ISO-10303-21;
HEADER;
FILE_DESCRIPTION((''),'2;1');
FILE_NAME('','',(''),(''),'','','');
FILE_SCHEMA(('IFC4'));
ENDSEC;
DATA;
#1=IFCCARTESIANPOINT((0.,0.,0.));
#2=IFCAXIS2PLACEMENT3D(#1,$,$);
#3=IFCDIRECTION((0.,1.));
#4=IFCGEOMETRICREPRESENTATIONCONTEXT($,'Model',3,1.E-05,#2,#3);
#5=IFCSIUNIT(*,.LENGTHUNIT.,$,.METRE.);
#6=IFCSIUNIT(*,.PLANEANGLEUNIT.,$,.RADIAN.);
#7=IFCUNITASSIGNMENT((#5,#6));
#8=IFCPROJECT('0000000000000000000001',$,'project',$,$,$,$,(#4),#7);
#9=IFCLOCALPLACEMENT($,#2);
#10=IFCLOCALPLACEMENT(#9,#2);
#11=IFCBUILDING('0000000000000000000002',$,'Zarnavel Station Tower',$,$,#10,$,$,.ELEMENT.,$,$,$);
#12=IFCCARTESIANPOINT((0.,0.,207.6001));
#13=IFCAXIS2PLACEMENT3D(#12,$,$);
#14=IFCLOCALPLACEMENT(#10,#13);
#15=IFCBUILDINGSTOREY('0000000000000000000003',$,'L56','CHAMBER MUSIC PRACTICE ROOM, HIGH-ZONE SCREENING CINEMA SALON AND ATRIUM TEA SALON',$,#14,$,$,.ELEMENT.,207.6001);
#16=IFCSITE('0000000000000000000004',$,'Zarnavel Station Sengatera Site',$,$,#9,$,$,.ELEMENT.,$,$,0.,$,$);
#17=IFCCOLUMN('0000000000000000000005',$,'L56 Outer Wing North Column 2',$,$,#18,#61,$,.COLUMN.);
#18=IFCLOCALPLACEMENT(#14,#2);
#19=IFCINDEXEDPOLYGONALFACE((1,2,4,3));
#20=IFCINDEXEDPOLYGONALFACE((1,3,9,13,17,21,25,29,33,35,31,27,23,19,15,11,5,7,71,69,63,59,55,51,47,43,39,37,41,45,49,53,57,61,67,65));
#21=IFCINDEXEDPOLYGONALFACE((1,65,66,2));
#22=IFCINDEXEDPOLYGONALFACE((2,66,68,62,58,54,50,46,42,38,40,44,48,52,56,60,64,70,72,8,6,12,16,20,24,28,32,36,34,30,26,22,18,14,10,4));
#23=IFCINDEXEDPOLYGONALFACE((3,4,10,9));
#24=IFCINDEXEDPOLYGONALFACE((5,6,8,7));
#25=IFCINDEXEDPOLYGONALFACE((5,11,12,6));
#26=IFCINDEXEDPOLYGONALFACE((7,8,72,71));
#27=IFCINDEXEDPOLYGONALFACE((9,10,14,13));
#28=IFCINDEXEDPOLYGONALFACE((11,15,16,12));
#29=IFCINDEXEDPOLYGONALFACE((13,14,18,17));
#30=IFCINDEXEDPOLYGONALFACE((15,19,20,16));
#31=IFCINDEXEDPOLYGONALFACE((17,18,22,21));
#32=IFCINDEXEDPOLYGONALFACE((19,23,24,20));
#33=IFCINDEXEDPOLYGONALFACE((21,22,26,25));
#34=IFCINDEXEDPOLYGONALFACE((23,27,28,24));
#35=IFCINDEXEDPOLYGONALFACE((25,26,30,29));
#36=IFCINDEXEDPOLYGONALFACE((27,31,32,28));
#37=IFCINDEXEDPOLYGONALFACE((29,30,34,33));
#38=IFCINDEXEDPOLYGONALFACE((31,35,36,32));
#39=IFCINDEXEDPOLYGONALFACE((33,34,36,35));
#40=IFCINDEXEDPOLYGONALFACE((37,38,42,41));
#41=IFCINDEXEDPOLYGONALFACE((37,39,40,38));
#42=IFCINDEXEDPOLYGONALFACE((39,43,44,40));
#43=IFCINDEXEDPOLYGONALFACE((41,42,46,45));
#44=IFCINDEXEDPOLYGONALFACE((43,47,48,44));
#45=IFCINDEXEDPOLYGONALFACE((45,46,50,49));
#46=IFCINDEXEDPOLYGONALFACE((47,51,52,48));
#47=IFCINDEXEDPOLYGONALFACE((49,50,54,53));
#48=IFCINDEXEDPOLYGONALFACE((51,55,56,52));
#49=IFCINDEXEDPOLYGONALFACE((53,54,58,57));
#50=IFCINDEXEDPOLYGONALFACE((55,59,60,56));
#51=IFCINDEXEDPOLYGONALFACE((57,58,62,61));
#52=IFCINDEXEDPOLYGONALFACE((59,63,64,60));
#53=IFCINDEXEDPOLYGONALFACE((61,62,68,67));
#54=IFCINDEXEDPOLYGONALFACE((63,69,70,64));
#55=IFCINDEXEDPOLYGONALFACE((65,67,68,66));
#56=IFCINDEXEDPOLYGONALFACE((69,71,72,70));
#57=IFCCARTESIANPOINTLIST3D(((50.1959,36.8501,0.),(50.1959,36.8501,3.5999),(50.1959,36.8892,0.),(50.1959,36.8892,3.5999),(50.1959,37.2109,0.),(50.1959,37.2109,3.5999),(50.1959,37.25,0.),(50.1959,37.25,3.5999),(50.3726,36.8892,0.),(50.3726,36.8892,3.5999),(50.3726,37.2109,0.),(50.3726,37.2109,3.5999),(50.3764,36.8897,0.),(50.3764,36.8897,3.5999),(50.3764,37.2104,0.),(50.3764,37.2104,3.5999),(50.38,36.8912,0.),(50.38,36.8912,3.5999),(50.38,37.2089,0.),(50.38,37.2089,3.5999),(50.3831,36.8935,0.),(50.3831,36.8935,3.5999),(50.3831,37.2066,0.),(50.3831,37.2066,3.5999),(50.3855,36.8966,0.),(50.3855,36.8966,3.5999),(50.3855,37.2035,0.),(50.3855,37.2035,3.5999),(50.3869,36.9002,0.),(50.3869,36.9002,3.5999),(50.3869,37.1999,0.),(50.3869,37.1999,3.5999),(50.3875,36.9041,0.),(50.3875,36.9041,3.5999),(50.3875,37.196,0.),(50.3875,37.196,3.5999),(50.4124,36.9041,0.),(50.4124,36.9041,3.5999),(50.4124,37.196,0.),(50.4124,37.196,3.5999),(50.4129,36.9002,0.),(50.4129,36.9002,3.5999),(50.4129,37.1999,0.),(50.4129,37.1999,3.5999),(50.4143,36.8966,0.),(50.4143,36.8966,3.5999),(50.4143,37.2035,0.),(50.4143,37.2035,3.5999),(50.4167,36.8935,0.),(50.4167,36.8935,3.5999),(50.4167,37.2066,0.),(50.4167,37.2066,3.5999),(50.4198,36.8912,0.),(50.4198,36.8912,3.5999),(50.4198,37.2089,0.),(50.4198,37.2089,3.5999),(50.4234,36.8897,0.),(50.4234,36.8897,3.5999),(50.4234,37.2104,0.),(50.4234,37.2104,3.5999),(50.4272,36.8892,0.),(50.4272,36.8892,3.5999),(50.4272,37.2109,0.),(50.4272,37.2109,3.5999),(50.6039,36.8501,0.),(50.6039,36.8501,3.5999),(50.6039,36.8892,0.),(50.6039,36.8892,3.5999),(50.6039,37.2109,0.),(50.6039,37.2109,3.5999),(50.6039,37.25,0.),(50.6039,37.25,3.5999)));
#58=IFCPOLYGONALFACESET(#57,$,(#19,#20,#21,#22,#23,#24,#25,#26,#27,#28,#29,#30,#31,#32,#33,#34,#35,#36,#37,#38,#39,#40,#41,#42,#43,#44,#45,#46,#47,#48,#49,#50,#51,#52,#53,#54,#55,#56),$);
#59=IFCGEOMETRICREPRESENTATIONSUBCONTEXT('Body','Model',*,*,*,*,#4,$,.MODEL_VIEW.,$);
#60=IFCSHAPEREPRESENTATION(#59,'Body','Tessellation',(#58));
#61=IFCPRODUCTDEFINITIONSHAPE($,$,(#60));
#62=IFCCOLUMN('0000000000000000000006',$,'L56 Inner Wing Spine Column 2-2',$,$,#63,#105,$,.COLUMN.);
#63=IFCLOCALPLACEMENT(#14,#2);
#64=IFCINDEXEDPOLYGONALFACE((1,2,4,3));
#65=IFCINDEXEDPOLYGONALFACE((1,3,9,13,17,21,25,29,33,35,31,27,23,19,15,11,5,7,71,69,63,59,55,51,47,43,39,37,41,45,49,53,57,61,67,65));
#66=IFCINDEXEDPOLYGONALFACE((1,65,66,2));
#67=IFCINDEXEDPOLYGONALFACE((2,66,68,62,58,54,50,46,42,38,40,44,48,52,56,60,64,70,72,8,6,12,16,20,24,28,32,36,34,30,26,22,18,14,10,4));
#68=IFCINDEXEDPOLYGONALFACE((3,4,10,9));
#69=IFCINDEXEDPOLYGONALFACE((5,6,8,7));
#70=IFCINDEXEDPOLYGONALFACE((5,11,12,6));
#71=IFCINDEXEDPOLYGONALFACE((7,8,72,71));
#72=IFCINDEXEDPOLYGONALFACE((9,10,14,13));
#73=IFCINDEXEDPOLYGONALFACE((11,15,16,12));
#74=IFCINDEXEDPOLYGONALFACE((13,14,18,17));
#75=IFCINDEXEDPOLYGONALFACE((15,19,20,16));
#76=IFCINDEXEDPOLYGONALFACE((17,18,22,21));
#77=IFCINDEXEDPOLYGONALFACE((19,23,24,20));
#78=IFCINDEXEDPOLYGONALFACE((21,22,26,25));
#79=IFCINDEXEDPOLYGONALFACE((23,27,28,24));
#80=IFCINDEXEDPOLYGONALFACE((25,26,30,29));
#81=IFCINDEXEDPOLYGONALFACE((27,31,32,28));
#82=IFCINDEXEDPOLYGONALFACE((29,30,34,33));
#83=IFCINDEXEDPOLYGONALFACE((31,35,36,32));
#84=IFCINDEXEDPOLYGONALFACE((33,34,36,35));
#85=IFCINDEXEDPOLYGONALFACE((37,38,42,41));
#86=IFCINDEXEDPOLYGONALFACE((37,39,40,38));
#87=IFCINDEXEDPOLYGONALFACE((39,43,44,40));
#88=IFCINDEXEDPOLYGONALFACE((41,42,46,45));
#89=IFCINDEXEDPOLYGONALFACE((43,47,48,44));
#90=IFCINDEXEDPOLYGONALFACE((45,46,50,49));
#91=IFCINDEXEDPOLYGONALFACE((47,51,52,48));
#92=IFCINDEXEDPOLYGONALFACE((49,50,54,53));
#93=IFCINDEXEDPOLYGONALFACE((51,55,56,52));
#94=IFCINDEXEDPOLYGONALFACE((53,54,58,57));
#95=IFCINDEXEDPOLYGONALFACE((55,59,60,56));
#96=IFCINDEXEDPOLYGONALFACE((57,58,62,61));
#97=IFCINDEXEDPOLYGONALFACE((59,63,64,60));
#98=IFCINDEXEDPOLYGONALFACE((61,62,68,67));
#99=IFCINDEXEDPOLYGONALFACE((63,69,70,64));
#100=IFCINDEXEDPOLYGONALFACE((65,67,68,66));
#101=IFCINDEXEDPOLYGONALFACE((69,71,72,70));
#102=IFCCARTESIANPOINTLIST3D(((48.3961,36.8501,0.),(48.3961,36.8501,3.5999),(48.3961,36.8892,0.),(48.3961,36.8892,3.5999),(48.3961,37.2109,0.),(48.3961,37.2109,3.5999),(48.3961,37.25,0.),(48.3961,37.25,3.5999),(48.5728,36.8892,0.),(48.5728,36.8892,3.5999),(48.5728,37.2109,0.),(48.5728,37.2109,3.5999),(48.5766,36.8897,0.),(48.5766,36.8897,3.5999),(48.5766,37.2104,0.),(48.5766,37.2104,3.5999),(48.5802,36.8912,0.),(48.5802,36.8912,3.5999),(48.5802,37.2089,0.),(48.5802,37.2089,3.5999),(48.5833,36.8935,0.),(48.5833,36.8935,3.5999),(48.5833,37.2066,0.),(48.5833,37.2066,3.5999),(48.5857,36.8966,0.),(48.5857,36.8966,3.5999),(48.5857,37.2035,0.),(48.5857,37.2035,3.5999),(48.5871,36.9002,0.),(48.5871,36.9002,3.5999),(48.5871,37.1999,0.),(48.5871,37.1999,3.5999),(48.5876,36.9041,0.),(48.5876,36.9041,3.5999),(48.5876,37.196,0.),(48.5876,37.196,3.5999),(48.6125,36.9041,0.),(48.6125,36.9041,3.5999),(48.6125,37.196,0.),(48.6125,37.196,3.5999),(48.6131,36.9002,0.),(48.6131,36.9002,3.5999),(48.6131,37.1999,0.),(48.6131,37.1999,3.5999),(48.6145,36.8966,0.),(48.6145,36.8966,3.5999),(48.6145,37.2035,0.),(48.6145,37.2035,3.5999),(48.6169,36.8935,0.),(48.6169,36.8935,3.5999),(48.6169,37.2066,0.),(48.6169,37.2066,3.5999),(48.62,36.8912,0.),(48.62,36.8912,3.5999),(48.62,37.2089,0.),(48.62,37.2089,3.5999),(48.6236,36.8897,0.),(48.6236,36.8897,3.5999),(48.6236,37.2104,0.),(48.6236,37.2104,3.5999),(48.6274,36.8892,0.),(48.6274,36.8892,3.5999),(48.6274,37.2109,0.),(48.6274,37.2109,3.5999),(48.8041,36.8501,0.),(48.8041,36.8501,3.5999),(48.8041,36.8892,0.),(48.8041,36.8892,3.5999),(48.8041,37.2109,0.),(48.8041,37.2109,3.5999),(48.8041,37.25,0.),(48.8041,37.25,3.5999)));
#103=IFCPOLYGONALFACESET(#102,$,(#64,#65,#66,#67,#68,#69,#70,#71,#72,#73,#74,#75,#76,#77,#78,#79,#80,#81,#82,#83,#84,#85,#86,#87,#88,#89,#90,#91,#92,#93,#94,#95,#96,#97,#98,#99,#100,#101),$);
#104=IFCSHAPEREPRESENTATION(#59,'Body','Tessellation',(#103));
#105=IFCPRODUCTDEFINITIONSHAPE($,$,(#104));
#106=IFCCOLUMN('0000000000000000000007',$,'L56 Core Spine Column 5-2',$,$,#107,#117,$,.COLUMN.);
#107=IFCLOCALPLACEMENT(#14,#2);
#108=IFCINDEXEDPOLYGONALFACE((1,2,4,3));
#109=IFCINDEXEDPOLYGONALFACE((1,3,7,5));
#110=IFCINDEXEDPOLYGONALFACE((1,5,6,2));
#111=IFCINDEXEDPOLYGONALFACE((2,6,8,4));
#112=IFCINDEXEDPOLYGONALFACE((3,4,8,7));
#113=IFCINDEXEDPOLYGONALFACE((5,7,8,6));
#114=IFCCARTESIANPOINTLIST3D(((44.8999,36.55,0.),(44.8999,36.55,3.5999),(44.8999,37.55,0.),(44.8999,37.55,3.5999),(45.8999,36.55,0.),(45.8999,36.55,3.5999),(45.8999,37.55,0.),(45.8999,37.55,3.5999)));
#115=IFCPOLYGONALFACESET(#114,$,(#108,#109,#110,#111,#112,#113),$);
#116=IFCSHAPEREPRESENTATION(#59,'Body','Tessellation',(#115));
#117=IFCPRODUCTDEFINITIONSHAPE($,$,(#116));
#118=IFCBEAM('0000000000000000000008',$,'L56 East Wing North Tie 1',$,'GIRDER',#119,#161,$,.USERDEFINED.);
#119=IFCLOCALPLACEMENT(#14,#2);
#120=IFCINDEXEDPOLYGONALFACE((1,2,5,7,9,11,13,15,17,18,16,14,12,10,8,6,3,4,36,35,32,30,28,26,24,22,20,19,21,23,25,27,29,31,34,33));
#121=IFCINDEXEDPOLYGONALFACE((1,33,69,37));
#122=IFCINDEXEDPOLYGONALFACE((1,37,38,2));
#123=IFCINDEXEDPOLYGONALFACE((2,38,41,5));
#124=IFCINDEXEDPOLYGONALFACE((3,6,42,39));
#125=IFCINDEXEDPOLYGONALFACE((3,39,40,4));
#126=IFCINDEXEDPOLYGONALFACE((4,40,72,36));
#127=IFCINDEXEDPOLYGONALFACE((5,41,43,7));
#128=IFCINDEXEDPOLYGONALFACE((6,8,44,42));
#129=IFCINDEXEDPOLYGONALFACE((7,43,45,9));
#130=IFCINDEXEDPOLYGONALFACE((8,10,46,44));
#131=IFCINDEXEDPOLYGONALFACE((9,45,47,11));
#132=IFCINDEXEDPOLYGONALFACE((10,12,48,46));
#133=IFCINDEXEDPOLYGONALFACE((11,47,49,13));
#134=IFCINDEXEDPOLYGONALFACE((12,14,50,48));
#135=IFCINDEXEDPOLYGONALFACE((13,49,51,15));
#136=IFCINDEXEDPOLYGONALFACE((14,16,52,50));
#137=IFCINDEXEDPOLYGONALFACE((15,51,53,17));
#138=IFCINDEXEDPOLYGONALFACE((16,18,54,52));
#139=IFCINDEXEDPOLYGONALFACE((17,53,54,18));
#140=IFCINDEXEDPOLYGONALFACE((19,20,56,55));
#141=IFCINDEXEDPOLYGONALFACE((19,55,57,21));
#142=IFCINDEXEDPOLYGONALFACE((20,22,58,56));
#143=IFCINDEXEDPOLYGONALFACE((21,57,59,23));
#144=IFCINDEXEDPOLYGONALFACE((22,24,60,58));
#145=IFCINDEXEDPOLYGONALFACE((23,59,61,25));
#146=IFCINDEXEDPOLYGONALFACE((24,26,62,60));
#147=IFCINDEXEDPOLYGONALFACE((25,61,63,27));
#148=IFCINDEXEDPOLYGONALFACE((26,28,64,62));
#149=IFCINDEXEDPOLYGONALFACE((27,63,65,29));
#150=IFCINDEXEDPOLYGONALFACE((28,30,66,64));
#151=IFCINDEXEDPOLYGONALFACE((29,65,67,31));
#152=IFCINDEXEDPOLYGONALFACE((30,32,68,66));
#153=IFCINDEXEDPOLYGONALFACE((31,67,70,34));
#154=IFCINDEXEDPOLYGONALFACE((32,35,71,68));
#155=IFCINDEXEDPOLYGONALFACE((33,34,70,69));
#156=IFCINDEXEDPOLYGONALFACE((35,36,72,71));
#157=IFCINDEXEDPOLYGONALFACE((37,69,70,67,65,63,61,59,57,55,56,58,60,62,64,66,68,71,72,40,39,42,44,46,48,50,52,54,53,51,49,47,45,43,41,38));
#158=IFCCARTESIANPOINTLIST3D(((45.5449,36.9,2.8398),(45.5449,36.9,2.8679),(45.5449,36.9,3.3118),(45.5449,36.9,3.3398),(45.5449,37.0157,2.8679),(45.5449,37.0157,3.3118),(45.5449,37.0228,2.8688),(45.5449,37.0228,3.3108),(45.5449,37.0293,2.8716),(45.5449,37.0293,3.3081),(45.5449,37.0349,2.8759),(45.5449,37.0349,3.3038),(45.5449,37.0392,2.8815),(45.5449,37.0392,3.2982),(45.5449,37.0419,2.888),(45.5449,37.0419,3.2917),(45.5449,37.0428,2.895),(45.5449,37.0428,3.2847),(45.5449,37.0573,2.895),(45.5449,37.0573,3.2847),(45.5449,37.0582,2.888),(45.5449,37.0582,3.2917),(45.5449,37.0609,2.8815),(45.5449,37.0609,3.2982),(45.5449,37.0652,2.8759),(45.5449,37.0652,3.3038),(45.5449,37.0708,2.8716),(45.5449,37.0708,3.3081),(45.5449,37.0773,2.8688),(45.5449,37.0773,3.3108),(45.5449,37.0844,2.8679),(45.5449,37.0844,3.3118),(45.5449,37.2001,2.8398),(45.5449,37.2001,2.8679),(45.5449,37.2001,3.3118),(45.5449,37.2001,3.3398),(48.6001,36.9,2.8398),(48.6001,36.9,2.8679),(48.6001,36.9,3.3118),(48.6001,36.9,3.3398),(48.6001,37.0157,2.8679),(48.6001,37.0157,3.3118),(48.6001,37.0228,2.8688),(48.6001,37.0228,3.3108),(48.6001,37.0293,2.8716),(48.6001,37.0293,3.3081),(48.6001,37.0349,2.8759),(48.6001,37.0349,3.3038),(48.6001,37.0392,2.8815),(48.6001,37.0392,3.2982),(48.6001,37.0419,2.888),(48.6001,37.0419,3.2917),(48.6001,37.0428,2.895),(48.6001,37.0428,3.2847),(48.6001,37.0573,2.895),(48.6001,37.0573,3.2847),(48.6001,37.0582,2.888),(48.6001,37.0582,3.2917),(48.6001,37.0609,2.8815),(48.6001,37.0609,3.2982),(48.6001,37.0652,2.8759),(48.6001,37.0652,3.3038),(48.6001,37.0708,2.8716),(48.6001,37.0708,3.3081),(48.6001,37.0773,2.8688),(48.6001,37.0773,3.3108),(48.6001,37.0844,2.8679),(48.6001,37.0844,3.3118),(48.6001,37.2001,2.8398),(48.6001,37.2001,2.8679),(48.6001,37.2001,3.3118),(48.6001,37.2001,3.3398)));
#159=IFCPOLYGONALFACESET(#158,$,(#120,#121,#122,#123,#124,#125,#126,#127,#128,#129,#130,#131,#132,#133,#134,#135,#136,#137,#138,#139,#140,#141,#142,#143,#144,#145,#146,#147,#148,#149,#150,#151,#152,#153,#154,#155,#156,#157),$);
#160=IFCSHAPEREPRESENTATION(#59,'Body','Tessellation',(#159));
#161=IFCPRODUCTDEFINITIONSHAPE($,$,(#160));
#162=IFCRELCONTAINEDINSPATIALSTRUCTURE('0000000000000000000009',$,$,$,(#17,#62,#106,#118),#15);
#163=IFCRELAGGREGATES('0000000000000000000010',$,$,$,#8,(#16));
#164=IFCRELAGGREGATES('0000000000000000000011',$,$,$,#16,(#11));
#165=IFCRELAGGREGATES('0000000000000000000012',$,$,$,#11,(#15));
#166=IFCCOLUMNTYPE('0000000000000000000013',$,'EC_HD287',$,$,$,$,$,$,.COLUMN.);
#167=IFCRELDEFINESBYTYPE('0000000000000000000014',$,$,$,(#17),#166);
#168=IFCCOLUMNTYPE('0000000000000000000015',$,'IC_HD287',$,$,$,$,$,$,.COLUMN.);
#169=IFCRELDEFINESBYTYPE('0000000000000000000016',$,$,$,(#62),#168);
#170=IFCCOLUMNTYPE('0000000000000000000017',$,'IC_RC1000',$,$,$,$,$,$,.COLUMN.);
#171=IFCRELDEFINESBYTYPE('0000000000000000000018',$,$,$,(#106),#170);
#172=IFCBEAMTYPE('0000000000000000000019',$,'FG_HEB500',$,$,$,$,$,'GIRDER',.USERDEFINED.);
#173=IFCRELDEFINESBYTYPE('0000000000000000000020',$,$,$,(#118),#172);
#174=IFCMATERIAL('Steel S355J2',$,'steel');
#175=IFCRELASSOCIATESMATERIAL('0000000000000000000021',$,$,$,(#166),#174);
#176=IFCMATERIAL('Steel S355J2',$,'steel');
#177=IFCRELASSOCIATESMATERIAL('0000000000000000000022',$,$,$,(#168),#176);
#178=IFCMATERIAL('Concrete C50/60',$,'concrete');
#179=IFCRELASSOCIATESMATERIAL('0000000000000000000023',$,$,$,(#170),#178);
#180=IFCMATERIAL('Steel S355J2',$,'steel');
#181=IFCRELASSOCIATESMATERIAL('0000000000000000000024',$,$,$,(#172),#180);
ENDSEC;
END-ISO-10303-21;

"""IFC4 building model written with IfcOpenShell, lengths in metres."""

from ifc_helpers import new_model, si_unit, direction, frame, origin, origin_2d, place, context, subcontext, project, spatial, rectangle, i_section, extrude, material, material_profile, profile_set, type_object, element, save


model = new_model("IFC4")

# Units and contexts
model_context = context("Model", 3, precision=1e-05, world=origin(), true_north=direction((0.0, 1.0)))
body_context = subcontext(model_context, "Body", "Model", "MODEL_VIEW")
ifc_project = project(units=[si_unit("LENGTHUNIT", "METRE"), si_unit("PLANEANGLEUNIT", "RADIAN")], contexts=[model_context])

# Site, building, storey
site_placement = place(None, origin())
site = spatial("IfcSite", under=ifc_project, at=site_placement, Name="Zarnavel Station Sengatera Site", CompositionType="ELEMENT", RefElevation=0.0)
building_placement = place(site_placement, origin())
building = spatial("IfcBuilding", under=site, at=building_placement, Name="Zarnavel Station Tower", CompositionType="ELEMENT")
storey_placement = place(building_placement, frame((0.0, 0.0, 207.6001)))
storey = spatial("IfcBuildingStorey", under=building, at=storey_placement, Name="L56", Description="CHAMBER MUSIC PRACTICE ROOM, HIGH-ZONE SCREENING CINEMA SALON AND ATRIUM TEA SALON", CompositionType="ELEMENT", Elevation=207.6001)

# Columns
ifc_material_1 = material(Name="Steel S355J2", Category="steel")
ifc_material_profile_1 = material_profile(ifc_material_1, i_section(OverallWidth=0.408, OverallDepth=0.3999, WebThickness=0.0249, FlangeThickness=0.0391, FilletRadius=0.0149, at=origin_2d()), Name="HD400x287")
ifc_profile_set_1 = profile_set([ifc_material_profile_1], Name="Steel S355J2")
column_type_1 = type_object("IfcColumnType", Name="EC_HD287", PredefinedType="COLUMN", material=ifc_profile_set_1)
column_1_placement = place(storey_placement, frame((50.3999, 37.05, 0.0), z_axis=(0.0, 0.0, 1.0), x_axis=(1.0, 0.0, 0.0)))
element("IfcColumn", 1, at=column_1_placement, inside=storey, type_object=column_type_1, Name="L56 Outer Wing North Column 2", PredefinedType="COLUMN", context=body_context, shape_type="SweptSolid", body=[
    extrude(i_section(OverallWidth=0.408, OverallDepth=0.3999, WebThickness=0.0249, FlangeThickness=0.0391, FilletRadius=0.0149, at=origin_2d()), origin(), (0.0, 0.0, 1.0), 3.5999),
])
ifc_material_2 = material(Name="Steel S355J2", Category="steel")
ifc_material_profile_2 = material_profile(ifc_material_2, i_section(OverallWidth=0.408, OverallDepth=0.3999, WebThickness=0.0249, FlangeThickness=0.0391, FilletRadius=0.0149, at=origin_2d()), Name="HD400x287")
ifc_profile_set_2 = profile_set([ifc_material_profile_2], Name="Steel S355J2")
column_type_2 = type_object("IfcColumnType", Name="IC_HD287", PredefinedType="COLUMN", material=ifc_profile_set_2)
column_2_placement = place(storey_placement, frame((48.6001, 37.05, 0.0), z_axis=(0.0, 0.0, 1.0), x_axis=(1.0, 0.0, 0.0)))
element("IfcColumn", 2, at=column_2_placement, inside=storey, type_object=column_type_2, Name="L56 Inner Wing Spine Column 2-2", PredefinedType="COLUMN", context=body_context, shape_type="SweptSolid", body=[
    extrude(i_section(OverallWidth=0.408, OverallDepth=0.3999, WebThickness=0.0249, FlangeThickness=0.0391, FilletRadius=0.0149, at=origin_2d()), origin(), (0.0, 0.0, 1.0), 3.5999),
])
ifc_material_3 = material(Name="Concrete C50/60", Category="concrete")
ifc_material_profile_3 = material_profile(ifc_material_3, rectangle(XDim=1.0, YDim=1.0, at=origin_2d()), Name="RC1000x1000")
ifc_profile_set_3 = profile_set([ifc_material_profile_3], Name="Concrete C50/60")
column_type_3 = type_object("IfcColumnType", Name="IC_RC1000", PredefinedType="COLUMN", material=ifc_profile_set_3)
column_3_placement = place(storey_placement, frame((45.3999, 37.05, 0.0), z_axis=(0.0, 0.0, 1.0), x_axis=(1.0, 0.0, 0.0)))
element("IfcColumn", 3, at=column_3_placement, inside=storey, type_object=column_type_3, Name="L56 Core Spine Column 5-2", PredefinedType="COLUMN", context=body_context, shape_type="SweptSolid", body=[
    extrude(rectangle(XDim=1.0, YDim=1.0, at=origin_2d()), origin(), (0.0, 0.0, 1.0), 3.5999),
])

# Beam
ifc_material_4 = material(Name="Steel S355J2", Category="steel")
ifc_material_profile_4 = material_profile(ifc_material_4, i_section(OverallWidth=0.3, OverallDepth=0.5, WebThickness=0.0144, FlangeThickness=0.0281, FilletRadius=0.0271, at=origin_2d()), Name="HEB500")
ifc_profile_set_4 = profile_set([ifc_material_profile_4], Name="Steel S355J2")
beam_type = type_object("IfcBeamType", Name="FG_HEB500", ElementType="GIRDER", PredefinedType="USERDEFINED", material=ifc_profile_set_4)
beam_1_placement = place(storey_placement, frame((45.5449, 37.05, 3.0898), z_axis=(1.0, 0.0, 0.0), x_axis=(0.0, 1.0, 0.0)))
element("IfcBeam", 4, at=beam_1_placement, inside=storey, type_object=beam_type, Name="L56 East Wing North Tie 1", ObjectType="GIRDER", PredefinedType="USERDEFINED", context=body_context, shape_type="SweptSolid", body=[
    extrude(i_section(OverallWidth=0.3, OverallDepth=0.5, WebThickness=0.0144, FlangeThickness=0.0281, FilletRadius=0.0271, at=origin_2d()), origin(), (0.0, 0.0, 1.0), 3.0552),
])

save(model, "model.ifc")
